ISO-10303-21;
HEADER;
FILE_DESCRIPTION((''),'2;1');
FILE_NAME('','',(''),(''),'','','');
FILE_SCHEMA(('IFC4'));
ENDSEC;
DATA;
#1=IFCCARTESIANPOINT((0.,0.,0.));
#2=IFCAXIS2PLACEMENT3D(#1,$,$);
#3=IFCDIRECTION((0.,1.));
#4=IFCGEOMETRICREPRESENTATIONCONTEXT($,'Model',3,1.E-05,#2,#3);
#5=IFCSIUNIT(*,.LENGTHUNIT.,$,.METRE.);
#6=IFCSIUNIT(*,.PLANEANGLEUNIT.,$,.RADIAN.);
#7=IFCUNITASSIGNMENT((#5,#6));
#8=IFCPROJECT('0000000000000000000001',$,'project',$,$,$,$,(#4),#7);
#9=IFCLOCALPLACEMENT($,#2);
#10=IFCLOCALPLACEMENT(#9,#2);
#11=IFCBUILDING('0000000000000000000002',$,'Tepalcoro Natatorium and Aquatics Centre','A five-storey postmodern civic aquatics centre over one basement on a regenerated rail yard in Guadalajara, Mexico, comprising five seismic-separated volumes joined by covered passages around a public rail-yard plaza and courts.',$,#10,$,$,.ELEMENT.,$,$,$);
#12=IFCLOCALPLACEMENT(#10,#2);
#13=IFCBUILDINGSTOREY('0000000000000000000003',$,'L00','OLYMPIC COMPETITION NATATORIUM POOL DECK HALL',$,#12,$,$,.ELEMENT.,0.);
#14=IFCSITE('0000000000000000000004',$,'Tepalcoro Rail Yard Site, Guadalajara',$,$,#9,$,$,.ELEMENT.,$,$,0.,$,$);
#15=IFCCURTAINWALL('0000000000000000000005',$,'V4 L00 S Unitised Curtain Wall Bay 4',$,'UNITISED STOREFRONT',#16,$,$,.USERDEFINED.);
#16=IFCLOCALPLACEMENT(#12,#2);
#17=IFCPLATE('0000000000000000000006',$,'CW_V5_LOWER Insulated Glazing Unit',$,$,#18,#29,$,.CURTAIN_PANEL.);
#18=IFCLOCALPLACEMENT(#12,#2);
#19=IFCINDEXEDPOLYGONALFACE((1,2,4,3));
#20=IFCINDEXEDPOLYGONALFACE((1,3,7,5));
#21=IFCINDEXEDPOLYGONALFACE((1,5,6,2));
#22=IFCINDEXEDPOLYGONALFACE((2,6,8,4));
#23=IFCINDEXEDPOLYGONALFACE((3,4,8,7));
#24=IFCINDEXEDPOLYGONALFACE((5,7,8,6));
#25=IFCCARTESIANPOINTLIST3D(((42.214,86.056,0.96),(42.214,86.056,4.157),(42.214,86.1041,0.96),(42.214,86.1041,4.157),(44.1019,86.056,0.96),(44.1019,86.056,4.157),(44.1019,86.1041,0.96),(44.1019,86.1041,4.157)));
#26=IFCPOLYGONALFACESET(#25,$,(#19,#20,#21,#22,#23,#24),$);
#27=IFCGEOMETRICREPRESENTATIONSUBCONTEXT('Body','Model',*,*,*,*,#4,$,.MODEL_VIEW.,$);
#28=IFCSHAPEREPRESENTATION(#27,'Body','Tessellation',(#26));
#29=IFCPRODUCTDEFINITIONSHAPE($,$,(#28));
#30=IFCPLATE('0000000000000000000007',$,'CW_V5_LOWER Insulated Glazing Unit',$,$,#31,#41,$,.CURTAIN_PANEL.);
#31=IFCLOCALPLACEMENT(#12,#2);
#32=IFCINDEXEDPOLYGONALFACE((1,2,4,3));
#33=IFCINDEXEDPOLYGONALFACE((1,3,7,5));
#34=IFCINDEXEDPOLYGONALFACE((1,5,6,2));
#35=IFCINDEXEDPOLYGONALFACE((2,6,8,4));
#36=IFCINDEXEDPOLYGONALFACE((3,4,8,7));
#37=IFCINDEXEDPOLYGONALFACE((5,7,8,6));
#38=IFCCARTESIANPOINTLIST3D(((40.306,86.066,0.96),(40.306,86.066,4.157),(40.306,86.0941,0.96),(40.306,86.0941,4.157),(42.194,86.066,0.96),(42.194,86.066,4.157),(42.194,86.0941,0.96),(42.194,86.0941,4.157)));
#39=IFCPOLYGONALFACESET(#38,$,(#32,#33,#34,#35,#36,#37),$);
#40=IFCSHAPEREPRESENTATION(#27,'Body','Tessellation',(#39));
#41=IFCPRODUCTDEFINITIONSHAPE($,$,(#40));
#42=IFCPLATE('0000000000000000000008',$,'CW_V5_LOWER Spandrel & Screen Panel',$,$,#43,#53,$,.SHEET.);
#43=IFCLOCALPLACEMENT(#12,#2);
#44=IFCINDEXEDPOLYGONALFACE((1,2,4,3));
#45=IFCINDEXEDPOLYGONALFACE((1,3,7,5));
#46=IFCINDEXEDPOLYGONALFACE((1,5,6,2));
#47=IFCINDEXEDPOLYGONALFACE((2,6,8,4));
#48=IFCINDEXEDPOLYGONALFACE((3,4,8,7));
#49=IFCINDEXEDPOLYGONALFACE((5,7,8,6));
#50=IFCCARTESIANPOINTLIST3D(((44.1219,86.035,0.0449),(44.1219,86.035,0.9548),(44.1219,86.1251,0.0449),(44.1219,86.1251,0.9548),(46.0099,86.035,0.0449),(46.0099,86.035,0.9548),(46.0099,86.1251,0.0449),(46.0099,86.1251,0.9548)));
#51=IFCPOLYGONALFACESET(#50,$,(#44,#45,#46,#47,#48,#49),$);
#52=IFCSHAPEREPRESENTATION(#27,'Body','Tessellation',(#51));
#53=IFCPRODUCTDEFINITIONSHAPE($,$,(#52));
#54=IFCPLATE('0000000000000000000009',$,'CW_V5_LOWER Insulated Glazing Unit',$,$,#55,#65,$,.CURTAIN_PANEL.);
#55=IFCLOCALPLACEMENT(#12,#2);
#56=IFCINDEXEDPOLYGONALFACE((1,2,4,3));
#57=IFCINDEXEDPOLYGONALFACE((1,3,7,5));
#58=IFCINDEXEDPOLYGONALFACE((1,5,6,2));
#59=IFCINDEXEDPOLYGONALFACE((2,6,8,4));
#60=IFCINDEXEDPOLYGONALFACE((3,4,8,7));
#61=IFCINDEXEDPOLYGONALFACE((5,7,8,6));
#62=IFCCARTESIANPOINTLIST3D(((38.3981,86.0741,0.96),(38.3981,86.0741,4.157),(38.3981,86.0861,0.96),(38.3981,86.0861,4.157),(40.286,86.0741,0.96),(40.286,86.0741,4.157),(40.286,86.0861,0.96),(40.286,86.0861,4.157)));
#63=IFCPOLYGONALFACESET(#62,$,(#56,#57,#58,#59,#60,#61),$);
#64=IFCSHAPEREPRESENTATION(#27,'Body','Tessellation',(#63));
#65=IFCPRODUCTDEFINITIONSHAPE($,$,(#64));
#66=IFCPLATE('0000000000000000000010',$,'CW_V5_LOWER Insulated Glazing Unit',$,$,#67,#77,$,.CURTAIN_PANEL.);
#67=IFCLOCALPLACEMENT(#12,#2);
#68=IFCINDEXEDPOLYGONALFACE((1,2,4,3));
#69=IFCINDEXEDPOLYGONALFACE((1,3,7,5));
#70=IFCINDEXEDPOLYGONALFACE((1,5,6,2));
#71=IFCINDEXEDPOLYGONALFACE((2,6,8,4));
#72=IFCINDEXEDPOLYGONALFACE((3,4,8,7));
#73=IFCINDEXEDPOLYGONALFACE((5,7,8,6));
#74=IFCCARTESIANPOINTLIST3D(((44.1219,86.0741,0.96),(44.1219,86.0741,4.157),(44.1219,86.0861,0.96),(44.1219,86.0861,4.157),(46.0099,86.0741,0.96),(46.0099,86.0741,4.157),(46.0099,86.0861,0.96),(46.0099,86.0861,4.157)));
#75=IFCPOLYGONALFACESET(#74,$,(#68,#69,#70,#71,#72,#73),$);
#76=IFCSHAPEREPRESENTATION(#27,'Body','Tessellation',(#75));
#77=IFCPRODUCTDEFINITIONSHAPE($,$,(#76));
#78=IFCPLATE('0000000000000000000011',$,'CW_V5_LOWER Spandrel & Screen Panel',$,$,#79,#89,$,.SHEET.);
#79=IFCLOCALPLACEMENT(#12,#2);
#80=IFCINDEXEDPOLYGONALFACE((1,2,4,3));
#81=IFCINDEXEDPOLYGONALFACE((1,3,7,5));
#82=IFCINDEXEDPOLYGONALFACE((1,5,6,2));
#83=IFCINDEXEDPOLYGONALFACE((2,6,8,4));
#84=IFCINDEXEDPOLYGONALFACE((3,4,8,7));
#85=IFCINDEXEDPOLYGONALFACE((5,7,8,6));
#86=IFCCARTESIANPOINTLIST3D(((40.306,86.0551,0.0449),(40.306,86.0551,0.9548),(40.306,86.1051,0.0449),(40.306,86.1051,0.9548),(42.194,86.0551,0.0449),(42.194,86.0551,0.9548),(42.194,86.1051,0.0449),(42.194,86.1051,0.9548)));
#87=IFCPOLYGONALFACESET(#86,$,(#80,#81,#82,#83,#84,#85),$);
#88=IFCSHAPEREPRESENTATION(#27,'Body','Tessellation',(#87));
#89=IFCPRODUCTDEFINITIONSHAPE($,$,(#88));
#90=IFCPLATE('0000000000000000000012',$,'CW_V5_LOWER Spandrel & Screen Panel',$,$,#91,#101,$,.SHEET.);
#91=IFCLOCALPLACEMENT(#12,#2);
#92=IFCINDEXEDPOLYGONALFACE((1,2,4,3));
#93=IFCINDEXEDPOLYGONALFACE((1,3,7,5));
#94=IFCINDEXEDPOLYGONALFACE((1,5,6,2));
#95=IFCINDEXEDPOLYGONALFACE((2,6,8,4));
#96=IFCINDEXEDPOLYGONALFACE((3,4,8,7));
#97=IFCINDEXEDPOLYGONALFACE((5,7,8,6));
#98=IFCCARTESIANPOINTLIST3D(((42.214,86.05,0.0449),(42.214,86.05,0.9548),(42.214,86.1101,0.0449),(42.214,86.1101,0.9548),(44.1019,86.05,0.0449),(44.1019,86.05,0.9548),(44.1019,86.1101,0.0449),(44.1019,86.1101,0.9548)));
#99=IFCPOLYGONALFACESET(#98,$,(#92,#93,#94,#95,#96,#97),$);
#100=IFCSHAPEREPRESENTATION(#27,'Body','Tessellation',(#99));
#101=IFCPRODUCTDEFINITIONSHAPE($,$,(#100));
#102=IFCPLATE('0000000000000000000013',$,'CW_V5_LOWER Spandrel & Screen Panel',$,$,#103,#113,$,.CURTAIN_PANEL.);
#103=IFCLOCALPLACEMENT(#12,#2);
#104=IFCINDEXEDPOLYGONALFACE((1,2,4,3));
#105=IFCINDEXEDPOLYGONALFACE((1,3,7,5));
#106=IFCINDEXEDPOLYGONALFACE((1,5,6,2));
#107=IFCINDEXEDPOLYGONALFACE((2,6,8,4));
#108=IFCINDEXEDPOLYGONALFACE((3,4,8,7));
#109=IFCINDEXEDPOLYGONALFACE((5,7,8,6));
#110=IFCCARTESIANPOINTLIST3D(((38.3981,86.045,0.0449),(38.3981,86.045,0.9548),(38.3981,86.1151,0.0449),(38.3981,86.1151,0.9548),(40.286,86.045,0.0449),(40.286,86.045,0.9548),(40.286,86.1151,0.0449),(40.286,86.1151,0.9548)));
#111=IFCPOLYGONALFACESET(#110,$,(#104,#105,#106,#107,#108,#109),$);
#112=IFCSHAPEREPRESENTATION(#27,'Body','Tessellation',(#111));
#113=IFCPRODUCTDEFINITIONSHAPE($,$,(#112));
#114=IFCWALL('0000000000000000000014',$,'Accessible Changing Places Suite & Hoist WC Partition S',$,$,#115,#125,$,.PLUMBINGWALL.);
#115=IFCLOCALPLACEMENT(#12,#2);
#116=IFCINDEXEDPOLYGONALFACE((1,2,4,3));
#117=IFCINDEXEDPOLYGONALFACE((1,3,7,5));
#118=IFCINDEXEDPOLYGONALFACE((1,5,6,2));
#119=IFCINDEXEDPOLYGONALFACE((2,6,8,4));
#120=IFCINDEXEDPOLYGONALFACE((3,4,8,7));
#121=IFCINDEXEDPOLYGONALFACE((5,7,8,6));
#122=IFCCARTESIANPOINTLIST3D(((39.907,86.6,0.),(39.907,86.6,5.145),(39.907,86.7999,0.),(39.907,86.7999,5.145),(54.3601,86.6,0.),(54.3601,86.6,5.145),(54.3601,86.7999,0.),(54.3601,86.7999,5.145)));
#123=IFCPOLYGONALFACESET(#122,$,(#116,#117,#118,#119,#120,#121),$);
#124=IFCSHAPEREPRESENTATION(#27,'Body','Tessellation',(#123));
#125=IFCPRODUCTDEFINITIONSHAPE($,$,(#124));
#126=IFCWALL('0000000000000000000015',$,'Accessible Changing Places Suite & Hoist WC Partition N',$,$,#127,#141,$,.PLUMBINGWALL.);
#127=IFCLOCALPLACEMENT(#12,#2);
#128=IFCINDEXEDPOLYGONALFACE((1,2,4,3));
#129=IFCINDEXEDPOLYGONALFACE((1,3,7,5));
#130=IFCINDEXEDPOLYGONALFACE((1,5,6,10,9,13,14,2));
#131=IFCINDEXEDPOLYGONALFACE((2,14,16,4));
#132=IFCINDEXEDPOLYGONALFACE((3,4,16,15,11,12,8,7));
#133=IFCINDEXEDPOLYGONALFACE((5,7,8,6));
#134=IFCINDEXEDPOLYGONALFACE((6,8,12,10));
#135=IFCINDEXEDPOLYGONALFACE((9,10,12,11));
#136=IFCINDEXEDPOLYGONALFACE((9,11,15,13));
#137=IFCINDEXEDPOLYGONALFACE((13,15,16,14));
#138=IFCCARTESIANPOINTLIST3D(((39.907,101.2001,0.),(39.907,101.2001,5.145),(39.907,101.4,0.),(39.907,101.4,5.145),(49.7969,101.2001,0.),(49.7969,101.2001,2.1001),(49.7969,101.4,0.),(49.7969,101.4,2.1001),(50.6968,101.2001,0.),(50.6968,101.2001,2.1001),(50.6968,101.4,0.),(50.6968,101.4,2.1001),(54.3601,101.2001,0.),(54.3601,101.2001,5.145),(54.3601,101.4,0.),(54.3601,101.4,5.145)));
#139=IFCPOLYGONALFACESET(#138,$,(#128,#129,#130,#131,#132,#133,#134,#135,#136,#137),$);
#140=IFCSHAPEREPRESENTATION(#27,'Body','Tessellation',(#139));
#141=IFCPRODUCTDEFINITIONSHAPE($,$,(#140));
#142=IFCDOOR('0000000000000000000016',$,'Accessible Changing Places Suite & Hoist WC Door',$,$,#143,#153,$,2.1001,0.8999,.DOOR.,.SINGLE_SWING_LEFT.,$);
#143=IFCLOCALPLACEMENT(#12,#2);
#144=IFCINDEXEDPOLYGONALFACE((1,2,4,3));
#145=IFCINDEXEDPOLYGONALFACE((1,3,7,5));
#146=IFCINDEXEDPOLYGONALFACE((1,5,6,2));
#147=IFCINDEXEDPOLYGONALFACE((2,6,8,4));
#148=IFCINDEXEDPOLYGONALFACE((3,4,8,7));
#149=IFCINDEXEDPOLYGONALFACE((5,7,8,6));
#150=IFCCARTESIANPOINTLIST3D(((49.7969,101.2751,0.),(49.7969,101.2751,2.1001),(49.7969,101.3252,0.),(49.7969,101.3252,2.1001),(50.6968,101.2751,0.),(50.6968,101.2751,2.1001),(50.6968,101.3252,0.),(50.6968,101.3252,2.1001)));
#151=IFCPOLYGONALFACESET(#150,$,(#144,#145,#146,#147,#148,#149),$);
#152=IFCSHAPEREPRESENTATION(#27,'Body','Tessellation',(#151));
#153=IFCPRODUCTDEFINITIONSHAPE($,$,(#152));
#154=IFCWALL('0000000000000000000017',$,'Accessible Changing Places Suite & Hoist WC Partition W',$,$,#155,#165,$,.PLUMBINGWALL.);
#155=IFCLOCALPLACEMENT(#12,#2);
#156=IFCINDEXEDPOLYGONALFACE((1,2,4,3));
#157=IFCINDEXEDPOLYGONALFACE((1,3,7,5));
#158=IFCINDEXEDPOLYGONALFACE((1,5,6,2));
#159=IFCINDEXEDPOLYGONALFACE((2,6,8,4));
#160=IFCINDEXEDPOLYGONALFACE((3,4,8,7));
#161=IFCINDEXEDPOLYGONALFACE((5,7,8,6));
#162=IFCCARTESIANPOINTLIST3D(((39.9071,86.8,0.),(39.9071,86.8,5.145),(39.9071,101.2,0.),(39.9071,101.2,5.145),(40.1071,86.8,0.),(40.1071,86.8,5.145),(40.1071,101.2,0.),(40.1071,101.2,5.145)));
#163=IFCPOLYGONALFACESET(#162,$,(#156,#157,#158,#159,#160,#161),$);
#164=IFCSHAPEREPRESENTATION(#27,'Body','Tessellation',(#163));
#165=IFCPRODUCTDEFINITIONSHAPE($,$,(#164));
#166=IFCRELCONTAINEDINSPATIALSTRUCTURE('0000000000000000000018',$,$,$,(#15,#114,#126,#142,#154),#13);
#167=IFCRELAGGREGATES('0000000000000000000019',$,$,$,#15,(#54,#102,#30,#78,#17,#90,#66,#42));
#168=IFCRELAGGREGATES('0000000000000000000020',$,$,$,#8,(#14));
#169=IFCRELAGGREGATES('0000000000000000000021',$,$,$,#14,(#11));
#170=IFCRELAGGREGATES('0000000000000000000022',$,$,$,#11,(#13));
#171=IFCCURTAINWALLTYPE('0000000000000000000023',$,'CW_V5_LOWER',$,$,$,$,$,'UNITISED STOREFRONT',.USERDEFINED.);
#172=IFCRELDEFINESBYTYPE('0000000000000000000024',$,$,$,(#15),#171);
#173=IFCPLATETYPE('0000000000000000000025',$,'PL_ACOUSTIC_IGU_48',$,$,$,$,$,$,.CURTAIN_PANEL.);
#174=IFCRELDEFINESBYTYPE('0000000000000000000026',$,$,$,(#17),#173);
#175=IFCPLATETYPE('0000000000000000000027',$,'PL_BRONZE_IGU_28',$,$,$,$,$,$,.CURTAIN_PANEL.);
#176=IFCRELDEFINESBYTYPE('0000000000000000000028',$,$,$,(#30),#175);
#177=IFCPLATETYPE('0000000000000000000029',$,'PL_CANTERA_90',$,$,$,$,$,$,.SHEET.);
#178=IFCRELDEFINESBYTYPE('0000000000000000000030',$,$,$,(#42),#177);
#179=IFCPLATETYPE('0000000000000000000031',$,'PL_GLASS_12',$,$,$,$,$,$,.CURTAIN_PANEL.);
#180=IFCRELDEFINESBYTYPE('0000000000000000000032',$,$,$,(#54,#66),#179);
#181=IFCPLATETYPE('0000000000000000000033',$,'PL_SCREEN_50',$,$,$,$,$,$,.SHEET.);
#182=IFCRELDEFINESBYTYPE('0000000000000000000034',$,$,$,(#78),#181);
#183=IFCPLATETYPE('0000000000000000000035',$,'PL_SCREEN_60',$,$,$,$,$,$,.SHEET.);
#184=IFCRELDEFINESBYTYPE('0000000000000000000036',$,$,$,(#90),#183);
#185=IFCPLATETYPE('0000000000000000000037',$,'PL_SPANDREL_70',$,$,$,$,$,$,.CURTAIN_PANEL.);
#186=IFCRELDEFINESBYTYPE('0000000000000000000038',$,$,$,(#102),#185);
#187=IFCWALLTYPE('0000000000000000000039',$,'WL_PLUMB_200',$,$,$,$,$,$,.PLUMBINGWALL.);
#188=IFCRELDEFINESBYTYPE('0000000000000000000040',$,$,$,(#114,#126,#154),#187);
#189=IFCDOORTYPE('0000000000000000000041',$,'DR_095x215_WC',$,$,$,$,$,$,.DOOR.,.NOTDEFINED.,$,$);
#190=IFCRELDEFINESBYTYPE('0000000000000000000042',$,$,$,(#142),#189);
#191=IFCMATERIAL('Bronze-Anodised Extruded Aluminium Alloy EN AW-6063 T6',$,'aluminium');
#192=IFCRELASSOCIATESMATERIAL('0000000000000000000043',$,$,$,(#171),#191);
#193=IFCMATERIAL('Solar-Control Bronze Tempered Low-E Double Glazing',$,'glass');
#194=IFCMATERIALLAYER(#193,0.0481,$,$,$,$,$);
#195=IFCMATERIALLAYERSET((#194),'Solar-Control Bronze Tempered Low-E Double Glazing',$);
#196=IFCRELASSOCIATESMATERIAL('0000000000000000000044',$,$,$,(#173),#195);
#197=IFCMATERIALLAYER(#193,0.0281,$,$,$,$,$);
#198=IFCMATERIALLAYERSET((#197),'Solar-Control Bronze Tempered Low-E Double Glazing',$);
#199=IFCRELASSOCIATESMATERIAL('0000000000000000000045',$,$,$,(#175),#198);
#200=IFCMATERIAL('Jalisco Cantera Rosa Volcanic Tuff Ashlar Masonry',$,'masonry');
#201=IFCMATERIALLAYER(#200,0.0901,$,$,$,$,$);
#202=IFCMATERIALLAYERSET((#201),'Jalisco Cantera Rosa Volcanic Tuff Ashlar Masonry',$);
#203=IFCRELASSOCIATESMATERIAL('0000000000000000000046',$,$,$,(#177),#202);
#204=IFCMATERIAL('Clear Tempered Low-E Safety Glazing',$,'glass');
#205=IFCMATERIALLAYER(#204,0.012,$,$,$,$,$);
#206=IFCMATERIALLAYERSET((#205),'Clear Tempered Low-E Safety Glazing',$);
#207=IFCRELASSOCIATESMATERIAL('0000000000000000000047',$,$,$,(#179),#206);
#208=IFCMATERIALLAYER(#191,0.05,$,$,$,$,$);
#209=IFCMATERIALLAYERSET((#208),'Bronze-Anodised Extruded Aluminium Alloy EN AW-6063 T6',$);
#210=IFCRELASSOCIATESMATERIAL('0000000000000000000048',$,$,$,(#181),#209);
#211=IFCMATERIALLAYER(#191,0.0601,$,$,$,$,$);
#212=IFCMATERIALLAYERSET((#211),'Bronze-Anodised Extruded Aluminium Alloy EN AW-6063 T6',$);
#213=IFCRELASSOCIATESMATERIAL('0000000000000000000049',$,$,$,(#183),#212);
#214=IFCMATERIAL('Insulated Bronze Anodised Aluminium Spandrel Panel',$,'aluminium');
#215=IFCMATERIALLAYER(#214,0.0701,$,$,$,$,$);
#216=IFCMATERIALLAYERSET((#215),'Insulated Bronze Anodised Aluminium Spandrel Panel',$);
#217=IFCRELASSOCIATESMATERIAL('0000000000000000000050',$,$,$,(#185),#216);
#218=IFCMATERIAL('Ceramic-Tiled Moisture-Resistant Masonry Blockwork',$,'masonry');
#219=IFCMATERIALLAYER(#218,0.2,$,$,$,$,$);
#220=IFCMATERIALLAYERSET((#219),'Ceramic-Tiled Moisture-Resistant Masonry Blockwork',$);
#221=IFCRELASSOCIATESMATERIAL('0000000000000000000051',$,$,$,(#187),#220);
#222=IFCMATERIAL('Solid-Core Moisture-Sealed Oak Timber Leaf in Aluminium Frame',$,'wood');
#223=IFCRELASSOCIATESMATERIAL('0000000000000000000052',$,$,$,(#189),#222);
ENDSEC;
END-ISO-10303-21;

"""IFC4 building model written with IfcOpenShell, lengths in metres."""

from ifc_helpers import new_model, si_unit, direction, frame, frame_2d, origin, origin_2d, place, context, subcontext, project, spatial, rectangle, extrude, material, layer, layer_set, type_object, element, fill, aggregate, save


model = new_model("IFC4")

# Units and contexts
model_context = context("Model", 3, precision=1e-05, world=origin(), true_north=direction((0.0, 1.0)))
body_context = subcontext(model_context, "Body", "Model", "MODEL_VIEW")
ifc_project = project(units=[si_unit("LENGTHUNIT", "METRE"), si_unit("PLANEANGLEUNIT", "RADIAN")], contexts=[model_context])

# Site, building, storey
site_placement = place(None, origin())
site = spatial("IfcSite", under=ifc_project, at=site_placement, Name="Tepalcoro Rail Yard Site, Guadalajara", CompositionType="ELEMENT", RefElevation=0.0)
building_placement = place(site_placement, origin())
building = spatial("IfcBuilding", under=site, at=building_placement, Name="Tepalcoro Natatorium and Aquatics Centre", Description="A five-storey postmodern civic aquatics centre over one basement on a regenerated rail yard in Guadalajara, Mexico, comprising five seismic-separated volumes joined by covered passages around a public rail-yard plaza and courts.", CompositionType="ELEMENT")
storey_placement = place(building_placement, origin())
storey = spatial("IfcBuildingStorey", under=building, at=storey_placement, Name="L00", Description="OLYMPIC COMPETITION NATATORIUM POOL DECK HALL", CompositionType="ELEMENT", Elevation=0.0)

# Shared definitions
ifc_material_1 = material(Name="Bronze-Anodised Extruded Aluminium Alloy EN AW-6063 T6", Category="aluminium")

# Curtain wall
curtain_wall_type_1 = type_object("IfcCurtainWallType", Name="CW_V5_LOWER", ElementType="UNITISED STOREFRONT", PredefinedType="USERDEFINED", material=ifc_material_1)
curtain_wall_1_placement = place(storey_placement, origin())
curtain_wall_1 = element("IfcCurtainWall", 1, at=curtain_wall_1_placement, inside=storey, type_object=curtain_wall_type_1, Name="V4 L00 S Unitised Curtain Wall Bay 4", ObjectType="UNITISED STOREFRONT", PredefinedType="USERDEFINED")

# Plates
ifc_material_2 = material(Name="Solar-Control Bronze Tempered Low-E Double Glazing", Category="glass")
ifc_layer_1 = layer(ifc_material_2, 0.0481)
ifc_layer_set_1 = layer_set([ifc_layer_1], Name="Solar-Control Bronze Tempered Low-E Double Glazing")
plate_type_1 = type_object("IfcPlateType", Name="PL_ACOUSTIC_IGU_48", PredefinedType="CURTAIN_PANEL", material=ifc_layer_set_1)
plate_1_placement = place(storey_placement, frame((43.158, 86.0801, 0.96), z_axis=(0.0, 0.0, 1.0), x_axis=(1.0, 0.0, 0.0)))
plate_1 = element("IfcPlate", 2, at=plate_1_placement, type_object=plate_type_1, Name="CW_V5_LOWER Insulated Glazing Unit", PredefinedType="CURTAIN_PANEL", context=body_context, shape_type="SweptSolid", body=[
    extrude(rectangle(XDim=1.8879, YDim=0.0481, at=origin_2d()), origin(), (0.0, 0.0, 1.0), 3.197),
])
ifc_layer_2 = layer(ifc_material_2, 0.0281)
ifc_layer_set_2 = layer_set([ifc_layer_2], Name="Solar-Control Bronze Tempered Low-E Double Glazing")
plate_type_2 = type_object("IfcPlateType", Name="PL_BRONZE_IGU_28", PredefinedType="CURTAIN_PANEL", material=ifc_layer_set_2)
plate_2_placement = place(storey_placement, frame((41.25, 86.0801, 0.96), z_axis=(0.0, 0.0, 1.0), x_axis=(1.0, 0.0, 0.0)))
plate_2 = element("IfcPlate", 3, at=plate_2_placement, type_object=plate_type_2, Name="CW_V5_LOWER Insulated Glazing Unit", PredefinedType="CURTAIN_PANEL", context=body_context, shape_type="SweptSolid", body=[
    extrude(rectangle(XDim=1.8879, YDim=0.0281, at=origin_2d()), origin(), (0.0, 0.0, 1.0), 3.197),
])
ifc_material_3 = material(Name="Jalisco Cantera Rosa Volcanic Tuff Ashlar Masonry", Category="masonry")
ifc_layer_3 = layer(ifc_material_3, 0.0901)
ifc_layer_set_3 = layer_set([ifc_layer_3], Name="Jalisco Cantera Rosa Volcanic Tuff Ashlar Masonry")
plate_type_3 = type_object("IfcPlateType", Name="PL_CANTERA_90", PredefinedType="SHEET", material=ifc_layer_set_3)
plate_3_placement = place(storey_placement, frame((45.0659, 86.0801, 0.0449), z_axis=(0.0, 0.0, 1.0), x_axis=(1.0, 0.0, 0.0)))
plate_3 = element("IfcPlate", 4, at=plate_3_placement, type_object=plate_type_3, Name="CW_V5_LOWER Spandrel & Screen Panel", PredefinedType="SHEET", context=body_context, shape_type="SweptSolid", body=[
    extrude(rectangle(XDim=1.8879, YDim=0.0901, at=origin_2d()), origin(), (0.0, 0.0, 1.0), 0.9099),
])
ifc_material_4 = material(Name="Clear Tempered Low-E Safety Glazing", Category="glass")
ifc_layer_4 = layer(ifc_material_4, 0.012)
ifc_layer_set_4 = layer_set([ifc_layer_4], Name="Clear Tempered Low-E Safety Glazing")
plate_type_4 = type_object("IfcPlateType", Name="PL_GLASS_12", PredefinedType="CURTAIN_PANEL", material=ifc_layer_set_4)
plate_4_placement = place(storey_placement, frame((39.342, 86.0801, 0.96), z_axis=(0.0, 0.0, 1.0), x_axis=(1.0, 0.0, 0.0)))
plate_4 = element("IfcPlate", 5, at=plate_4_placement, type_object=plate_type_4, Name="CW_V5_LOWER Insulated Glazing Unit", PredefinedType="CURTAIN_PANEL", context=body_context, shape_type="SweptSolid", body=[
    extrude(rectangle(XDim=1.8879, YDim=0.012, at=origin_2d()), origin(), (0.0, 0.0, 1.0), 3.197),
])
plate_5_placement = place(storey_placement, frame((45.0659, 86.0801, 0.96), z_axis=(0.0, 0.0, 1.0), x_axis=(1.0, 0.0, 0.0)))
plate_5 = element("IfcPlate", 6, at=plate_5_placement, type_object=plate_type_4, Name="CW_V5_LOWER Insulated Glazing Unit", PredefinedType="CURTAIN_PANEL", context=body_context, shape_type="SweptSolid", body=[
    extrude(rectangle(XDim=1.8879, YDim=0.012, at=origin_2d()), origin(), (0.0, 0.0, 1.0), 3.197),
])
ifc_layer_5 = layer(ifc_material_1, 0.05)
ifc_layer_set_5 = layer_set([ifc_layer_5], Name="Bronze-Anodised Extruded Aluminium Alloy EN AW-6063 T6")
plate_type_5 = type_object("IfcPlateType", Name="PL_SCREEN_50", PredefinedType="SHEET", material=ifc_layer_set_5)
plate_6_placement = place(storey_placement, frame((41.25, 86.0801, 0.0449), z_axis=(0.0, 0.0, 1.0), x_axis=(1.0, 0.0, 0.0)))
plate_6 = element("IfcPlate", 7, at=plate_6_placement, type_object=plate_type_5, Name="CW_V5_LOWER Spandrel & Screen Panel", PredefinedType="SHEET", context=body_context, shape_type="SweptSolid", body=[
    extrude(rectangle(XDim=1.8879, YDim=0.05, at=origin_2d()), origin(), (0.0, 0.0, 1.0), 0.9099),
])
ifc_layer_6 = layer(ifc_material_1, 0.0601)
ifc_layer_set_6 = layer_set([ifc_layer_6], Name="Bronze-Anodised Extruded Aluminium Alloy EN AW-6063 T6")
plate_type_6 = type_object("IfcPlateType", Name="PL_SCREEN_60", PredefinedType="SHEET", material=ifc_layer_set_6)
plate_7_placement = place(storey_placement, frame((43.158, 86.0801, 0.0449), z_axis=(0.0, 0.0, 1.0), x_axis=(1.0, 0.0, 0.0)))
plate_7 = element("IfcPlate", 8, at=plate_7_placement, type_object=plate_type_6, Name="CW_V5_LOWER Spandrel & Screen Panel", PredefinedType="SHEET", context=body_context, shape_type="SweptSolid", body=[
    extrude(rectangle(XDim=1.8879, YDim=0.0601, at=origin_2d()), origin(), (0.0, 0.0, 1.0), 0.9099),
])
ifc_material_5 = material(Name="Insulated Bronze Anodised Aluminium Spandrel Panel", Category="aluminium")
ifc_layer_7 = layer(ifc_material_5, 0.0701)
ifc_layer_set_7 = layer_set([ifc_layer_7], Name="Insulated Bronze Anodised Aluminium Spandrel Panel")
plate_type_7 = type_object("IfcPlateType", Name="PL_SPANDREL_70", PredefinedType="CURTAIN_PANEL", material=ifc_layer_set_7)
plate_8_placement = place(storey_placement, frame((39.342, 86.0801, 0.0449), z_axis=(0.0, 0.0, 1.0), x_axis=(1.0, 0.0, 0.0)))
plate_8 = element("IfcPlate", 9, at=plate_8_placement, type_object=plate_type_7, Name="CW_V5_LOWER Spandrel & Screen Panel", PredefinedType="CURTAIN_PANEL", context=body_context, shape_type="SweptSolid", body=[
    extrude(rectangle(XDim=1.8879, YDim=0.0701, at=origin_2d()), origin(), (0.0, 0.0, 1.0), 0.9099),
])
aggregate(curtain_wall_1, [plate_4, plate_8, plate_2, plate_6, plate_1, plate_7, plate_5, plate_3])

# Wall
ifc_material_6 = material(Name="Ceramic-Tiled Moisture-Resistant Masonry Blockwork", Category="masonry")
ifc_layer_8 = layer(ifc_material_6, 0.2)
ifc_layer_set_8 = layer_set([ifc_layer_8], Name="Ceramic-Tiled Moisture-Resistant Masonry Blockwork")
wall_type = type_object("IfcWallType", Name="WL_PLUMB_200", PredefinedType="PLUMBINGWALL", material=ifc_layer_set_8)
wall_1_placement = place(storey_placement, frame((39.907, 86.7, 0.0), z_axis=(0.0, 0.0, 1.0), x_axis=(1.0, 0.0, 0.0)))
element("IfcWall", 10, at=wall_1_placement, inside=storey, type_object=wall_type, Name="Accessible Changing Places Suite & Hoist WC Partition S", PredefinedType="PLUMBINGWALL", context=body_context, shape_type="SweptSolid", body=[
    extrude(rectangle(XDim=14.4531, YDim=0.2, at=frame_2d((7.2266, 0.0))), origin(), (0.0, 0.0, 1.0), 5.145),
])

# Wall, opening, door
wall_2_placement = place(storey_placement, frame((39.907, 101.3, 0.0), z_axis=(0.0, 0.0, 1.0), x_axis=(1.0, 0.0, 0.0)))
wall_2 = element("IfcWall", 11, at=wall_2_placement, inside=storey, type_object=wall_type, Name="Accessible Changing Places Suite & Hoist WC Partition N", PredefinedType="PLUMBINGWALL", context=body_context, shape_type="SweptSolid", body=[
    extrude(rectangle(XDim=14.4531, YDim=0.2, at=frame_2d((7.2266, 0.0))), origin(), (0.0, 0.0, 1.0), 5.145),
])
opening_placement = place(wall_2_placement, frame((9.8899, 0.0, 0.0)))
opening = element("IfcOpeningElement", 12, at=opening_placement, cuts=wall_2, PredefinedType="OPENING", context=body_context, shape_type="SweptSolid", body=[
    extrude(rectangle(XDim=0.8999, YDim=2.1001, at=frame_2d((0.45, 1.05))), frame((0.0, 0.1118, 0.0), z_axis=(0.0, -1.0, 0.0), x_axis=(1.0, 0.0, 0.0)), (0.0, 0.0, 1.0), 0.2239),
])
ifc_material_7 = material(Name="Solid-Core Moisture-Sealed Oak Timber Leaf in Aluminium Frame", Category="wood")
door_type = type_object("IfcDoorType", Name="DR_095x215_WC", OperationType="NOTDEFINED", PredefinedType="DOOR", material=ifc_material_7)
door_placement = place(opening_placement, frame((0.8999, 0.0, 0.0), z_axis=(0.0, 0.0, 1.0), x_axis=(-1.0, 0.0, 0.0)))
door = element("IfcDoor", 13, at=door_placement, inside=storey, type_object=door_type, Name="Accessible Changing Places Suite & Hoist WC Door", OperationType="SINGLE_SWING_LEFT", OverallHeight=2.1001, OverallWidth=0.8999, PredefinedType="DOOR", context=body_context, shape_type="SweptSolid", body=[
    extrude(rectangle(XDim=0.8999, YDim=2.1001, at=frame_2d((0.45, 1.05))), frame((0.0, 0.0249, 0.0), z_axis=(0.0, -1.0, 0.0), x_axis=(1.0, 0.0, 0.0)), (0.0, 0.0, 1.0), 0.05),
])
fill(opening, door)

# Wall
wall_3_placement = place(storey_placement, frame((40.0071, 86.8, 0.0), z_axis=(0.0, 0.0, 1.0), x_axis=(0.0, 1.0, 0.0)))
element("IfcWall", 14, at=wall_3_placement, inside=storey, type_object=wall_type, Name="Accessible Changing Places Suite & Hoist WC Partition W", PredefinedType="PLUMBINGWALL", context=body_context, shape_type="SweptSolid", body=[
    extrude(rectangle(XDim=14.3999, YDim=0.2, at=frame_2d((7.2, 0.0))), origin(), (0.0, 0.0, 1.0), 5.145),
])

save(model, "model.ifc")
